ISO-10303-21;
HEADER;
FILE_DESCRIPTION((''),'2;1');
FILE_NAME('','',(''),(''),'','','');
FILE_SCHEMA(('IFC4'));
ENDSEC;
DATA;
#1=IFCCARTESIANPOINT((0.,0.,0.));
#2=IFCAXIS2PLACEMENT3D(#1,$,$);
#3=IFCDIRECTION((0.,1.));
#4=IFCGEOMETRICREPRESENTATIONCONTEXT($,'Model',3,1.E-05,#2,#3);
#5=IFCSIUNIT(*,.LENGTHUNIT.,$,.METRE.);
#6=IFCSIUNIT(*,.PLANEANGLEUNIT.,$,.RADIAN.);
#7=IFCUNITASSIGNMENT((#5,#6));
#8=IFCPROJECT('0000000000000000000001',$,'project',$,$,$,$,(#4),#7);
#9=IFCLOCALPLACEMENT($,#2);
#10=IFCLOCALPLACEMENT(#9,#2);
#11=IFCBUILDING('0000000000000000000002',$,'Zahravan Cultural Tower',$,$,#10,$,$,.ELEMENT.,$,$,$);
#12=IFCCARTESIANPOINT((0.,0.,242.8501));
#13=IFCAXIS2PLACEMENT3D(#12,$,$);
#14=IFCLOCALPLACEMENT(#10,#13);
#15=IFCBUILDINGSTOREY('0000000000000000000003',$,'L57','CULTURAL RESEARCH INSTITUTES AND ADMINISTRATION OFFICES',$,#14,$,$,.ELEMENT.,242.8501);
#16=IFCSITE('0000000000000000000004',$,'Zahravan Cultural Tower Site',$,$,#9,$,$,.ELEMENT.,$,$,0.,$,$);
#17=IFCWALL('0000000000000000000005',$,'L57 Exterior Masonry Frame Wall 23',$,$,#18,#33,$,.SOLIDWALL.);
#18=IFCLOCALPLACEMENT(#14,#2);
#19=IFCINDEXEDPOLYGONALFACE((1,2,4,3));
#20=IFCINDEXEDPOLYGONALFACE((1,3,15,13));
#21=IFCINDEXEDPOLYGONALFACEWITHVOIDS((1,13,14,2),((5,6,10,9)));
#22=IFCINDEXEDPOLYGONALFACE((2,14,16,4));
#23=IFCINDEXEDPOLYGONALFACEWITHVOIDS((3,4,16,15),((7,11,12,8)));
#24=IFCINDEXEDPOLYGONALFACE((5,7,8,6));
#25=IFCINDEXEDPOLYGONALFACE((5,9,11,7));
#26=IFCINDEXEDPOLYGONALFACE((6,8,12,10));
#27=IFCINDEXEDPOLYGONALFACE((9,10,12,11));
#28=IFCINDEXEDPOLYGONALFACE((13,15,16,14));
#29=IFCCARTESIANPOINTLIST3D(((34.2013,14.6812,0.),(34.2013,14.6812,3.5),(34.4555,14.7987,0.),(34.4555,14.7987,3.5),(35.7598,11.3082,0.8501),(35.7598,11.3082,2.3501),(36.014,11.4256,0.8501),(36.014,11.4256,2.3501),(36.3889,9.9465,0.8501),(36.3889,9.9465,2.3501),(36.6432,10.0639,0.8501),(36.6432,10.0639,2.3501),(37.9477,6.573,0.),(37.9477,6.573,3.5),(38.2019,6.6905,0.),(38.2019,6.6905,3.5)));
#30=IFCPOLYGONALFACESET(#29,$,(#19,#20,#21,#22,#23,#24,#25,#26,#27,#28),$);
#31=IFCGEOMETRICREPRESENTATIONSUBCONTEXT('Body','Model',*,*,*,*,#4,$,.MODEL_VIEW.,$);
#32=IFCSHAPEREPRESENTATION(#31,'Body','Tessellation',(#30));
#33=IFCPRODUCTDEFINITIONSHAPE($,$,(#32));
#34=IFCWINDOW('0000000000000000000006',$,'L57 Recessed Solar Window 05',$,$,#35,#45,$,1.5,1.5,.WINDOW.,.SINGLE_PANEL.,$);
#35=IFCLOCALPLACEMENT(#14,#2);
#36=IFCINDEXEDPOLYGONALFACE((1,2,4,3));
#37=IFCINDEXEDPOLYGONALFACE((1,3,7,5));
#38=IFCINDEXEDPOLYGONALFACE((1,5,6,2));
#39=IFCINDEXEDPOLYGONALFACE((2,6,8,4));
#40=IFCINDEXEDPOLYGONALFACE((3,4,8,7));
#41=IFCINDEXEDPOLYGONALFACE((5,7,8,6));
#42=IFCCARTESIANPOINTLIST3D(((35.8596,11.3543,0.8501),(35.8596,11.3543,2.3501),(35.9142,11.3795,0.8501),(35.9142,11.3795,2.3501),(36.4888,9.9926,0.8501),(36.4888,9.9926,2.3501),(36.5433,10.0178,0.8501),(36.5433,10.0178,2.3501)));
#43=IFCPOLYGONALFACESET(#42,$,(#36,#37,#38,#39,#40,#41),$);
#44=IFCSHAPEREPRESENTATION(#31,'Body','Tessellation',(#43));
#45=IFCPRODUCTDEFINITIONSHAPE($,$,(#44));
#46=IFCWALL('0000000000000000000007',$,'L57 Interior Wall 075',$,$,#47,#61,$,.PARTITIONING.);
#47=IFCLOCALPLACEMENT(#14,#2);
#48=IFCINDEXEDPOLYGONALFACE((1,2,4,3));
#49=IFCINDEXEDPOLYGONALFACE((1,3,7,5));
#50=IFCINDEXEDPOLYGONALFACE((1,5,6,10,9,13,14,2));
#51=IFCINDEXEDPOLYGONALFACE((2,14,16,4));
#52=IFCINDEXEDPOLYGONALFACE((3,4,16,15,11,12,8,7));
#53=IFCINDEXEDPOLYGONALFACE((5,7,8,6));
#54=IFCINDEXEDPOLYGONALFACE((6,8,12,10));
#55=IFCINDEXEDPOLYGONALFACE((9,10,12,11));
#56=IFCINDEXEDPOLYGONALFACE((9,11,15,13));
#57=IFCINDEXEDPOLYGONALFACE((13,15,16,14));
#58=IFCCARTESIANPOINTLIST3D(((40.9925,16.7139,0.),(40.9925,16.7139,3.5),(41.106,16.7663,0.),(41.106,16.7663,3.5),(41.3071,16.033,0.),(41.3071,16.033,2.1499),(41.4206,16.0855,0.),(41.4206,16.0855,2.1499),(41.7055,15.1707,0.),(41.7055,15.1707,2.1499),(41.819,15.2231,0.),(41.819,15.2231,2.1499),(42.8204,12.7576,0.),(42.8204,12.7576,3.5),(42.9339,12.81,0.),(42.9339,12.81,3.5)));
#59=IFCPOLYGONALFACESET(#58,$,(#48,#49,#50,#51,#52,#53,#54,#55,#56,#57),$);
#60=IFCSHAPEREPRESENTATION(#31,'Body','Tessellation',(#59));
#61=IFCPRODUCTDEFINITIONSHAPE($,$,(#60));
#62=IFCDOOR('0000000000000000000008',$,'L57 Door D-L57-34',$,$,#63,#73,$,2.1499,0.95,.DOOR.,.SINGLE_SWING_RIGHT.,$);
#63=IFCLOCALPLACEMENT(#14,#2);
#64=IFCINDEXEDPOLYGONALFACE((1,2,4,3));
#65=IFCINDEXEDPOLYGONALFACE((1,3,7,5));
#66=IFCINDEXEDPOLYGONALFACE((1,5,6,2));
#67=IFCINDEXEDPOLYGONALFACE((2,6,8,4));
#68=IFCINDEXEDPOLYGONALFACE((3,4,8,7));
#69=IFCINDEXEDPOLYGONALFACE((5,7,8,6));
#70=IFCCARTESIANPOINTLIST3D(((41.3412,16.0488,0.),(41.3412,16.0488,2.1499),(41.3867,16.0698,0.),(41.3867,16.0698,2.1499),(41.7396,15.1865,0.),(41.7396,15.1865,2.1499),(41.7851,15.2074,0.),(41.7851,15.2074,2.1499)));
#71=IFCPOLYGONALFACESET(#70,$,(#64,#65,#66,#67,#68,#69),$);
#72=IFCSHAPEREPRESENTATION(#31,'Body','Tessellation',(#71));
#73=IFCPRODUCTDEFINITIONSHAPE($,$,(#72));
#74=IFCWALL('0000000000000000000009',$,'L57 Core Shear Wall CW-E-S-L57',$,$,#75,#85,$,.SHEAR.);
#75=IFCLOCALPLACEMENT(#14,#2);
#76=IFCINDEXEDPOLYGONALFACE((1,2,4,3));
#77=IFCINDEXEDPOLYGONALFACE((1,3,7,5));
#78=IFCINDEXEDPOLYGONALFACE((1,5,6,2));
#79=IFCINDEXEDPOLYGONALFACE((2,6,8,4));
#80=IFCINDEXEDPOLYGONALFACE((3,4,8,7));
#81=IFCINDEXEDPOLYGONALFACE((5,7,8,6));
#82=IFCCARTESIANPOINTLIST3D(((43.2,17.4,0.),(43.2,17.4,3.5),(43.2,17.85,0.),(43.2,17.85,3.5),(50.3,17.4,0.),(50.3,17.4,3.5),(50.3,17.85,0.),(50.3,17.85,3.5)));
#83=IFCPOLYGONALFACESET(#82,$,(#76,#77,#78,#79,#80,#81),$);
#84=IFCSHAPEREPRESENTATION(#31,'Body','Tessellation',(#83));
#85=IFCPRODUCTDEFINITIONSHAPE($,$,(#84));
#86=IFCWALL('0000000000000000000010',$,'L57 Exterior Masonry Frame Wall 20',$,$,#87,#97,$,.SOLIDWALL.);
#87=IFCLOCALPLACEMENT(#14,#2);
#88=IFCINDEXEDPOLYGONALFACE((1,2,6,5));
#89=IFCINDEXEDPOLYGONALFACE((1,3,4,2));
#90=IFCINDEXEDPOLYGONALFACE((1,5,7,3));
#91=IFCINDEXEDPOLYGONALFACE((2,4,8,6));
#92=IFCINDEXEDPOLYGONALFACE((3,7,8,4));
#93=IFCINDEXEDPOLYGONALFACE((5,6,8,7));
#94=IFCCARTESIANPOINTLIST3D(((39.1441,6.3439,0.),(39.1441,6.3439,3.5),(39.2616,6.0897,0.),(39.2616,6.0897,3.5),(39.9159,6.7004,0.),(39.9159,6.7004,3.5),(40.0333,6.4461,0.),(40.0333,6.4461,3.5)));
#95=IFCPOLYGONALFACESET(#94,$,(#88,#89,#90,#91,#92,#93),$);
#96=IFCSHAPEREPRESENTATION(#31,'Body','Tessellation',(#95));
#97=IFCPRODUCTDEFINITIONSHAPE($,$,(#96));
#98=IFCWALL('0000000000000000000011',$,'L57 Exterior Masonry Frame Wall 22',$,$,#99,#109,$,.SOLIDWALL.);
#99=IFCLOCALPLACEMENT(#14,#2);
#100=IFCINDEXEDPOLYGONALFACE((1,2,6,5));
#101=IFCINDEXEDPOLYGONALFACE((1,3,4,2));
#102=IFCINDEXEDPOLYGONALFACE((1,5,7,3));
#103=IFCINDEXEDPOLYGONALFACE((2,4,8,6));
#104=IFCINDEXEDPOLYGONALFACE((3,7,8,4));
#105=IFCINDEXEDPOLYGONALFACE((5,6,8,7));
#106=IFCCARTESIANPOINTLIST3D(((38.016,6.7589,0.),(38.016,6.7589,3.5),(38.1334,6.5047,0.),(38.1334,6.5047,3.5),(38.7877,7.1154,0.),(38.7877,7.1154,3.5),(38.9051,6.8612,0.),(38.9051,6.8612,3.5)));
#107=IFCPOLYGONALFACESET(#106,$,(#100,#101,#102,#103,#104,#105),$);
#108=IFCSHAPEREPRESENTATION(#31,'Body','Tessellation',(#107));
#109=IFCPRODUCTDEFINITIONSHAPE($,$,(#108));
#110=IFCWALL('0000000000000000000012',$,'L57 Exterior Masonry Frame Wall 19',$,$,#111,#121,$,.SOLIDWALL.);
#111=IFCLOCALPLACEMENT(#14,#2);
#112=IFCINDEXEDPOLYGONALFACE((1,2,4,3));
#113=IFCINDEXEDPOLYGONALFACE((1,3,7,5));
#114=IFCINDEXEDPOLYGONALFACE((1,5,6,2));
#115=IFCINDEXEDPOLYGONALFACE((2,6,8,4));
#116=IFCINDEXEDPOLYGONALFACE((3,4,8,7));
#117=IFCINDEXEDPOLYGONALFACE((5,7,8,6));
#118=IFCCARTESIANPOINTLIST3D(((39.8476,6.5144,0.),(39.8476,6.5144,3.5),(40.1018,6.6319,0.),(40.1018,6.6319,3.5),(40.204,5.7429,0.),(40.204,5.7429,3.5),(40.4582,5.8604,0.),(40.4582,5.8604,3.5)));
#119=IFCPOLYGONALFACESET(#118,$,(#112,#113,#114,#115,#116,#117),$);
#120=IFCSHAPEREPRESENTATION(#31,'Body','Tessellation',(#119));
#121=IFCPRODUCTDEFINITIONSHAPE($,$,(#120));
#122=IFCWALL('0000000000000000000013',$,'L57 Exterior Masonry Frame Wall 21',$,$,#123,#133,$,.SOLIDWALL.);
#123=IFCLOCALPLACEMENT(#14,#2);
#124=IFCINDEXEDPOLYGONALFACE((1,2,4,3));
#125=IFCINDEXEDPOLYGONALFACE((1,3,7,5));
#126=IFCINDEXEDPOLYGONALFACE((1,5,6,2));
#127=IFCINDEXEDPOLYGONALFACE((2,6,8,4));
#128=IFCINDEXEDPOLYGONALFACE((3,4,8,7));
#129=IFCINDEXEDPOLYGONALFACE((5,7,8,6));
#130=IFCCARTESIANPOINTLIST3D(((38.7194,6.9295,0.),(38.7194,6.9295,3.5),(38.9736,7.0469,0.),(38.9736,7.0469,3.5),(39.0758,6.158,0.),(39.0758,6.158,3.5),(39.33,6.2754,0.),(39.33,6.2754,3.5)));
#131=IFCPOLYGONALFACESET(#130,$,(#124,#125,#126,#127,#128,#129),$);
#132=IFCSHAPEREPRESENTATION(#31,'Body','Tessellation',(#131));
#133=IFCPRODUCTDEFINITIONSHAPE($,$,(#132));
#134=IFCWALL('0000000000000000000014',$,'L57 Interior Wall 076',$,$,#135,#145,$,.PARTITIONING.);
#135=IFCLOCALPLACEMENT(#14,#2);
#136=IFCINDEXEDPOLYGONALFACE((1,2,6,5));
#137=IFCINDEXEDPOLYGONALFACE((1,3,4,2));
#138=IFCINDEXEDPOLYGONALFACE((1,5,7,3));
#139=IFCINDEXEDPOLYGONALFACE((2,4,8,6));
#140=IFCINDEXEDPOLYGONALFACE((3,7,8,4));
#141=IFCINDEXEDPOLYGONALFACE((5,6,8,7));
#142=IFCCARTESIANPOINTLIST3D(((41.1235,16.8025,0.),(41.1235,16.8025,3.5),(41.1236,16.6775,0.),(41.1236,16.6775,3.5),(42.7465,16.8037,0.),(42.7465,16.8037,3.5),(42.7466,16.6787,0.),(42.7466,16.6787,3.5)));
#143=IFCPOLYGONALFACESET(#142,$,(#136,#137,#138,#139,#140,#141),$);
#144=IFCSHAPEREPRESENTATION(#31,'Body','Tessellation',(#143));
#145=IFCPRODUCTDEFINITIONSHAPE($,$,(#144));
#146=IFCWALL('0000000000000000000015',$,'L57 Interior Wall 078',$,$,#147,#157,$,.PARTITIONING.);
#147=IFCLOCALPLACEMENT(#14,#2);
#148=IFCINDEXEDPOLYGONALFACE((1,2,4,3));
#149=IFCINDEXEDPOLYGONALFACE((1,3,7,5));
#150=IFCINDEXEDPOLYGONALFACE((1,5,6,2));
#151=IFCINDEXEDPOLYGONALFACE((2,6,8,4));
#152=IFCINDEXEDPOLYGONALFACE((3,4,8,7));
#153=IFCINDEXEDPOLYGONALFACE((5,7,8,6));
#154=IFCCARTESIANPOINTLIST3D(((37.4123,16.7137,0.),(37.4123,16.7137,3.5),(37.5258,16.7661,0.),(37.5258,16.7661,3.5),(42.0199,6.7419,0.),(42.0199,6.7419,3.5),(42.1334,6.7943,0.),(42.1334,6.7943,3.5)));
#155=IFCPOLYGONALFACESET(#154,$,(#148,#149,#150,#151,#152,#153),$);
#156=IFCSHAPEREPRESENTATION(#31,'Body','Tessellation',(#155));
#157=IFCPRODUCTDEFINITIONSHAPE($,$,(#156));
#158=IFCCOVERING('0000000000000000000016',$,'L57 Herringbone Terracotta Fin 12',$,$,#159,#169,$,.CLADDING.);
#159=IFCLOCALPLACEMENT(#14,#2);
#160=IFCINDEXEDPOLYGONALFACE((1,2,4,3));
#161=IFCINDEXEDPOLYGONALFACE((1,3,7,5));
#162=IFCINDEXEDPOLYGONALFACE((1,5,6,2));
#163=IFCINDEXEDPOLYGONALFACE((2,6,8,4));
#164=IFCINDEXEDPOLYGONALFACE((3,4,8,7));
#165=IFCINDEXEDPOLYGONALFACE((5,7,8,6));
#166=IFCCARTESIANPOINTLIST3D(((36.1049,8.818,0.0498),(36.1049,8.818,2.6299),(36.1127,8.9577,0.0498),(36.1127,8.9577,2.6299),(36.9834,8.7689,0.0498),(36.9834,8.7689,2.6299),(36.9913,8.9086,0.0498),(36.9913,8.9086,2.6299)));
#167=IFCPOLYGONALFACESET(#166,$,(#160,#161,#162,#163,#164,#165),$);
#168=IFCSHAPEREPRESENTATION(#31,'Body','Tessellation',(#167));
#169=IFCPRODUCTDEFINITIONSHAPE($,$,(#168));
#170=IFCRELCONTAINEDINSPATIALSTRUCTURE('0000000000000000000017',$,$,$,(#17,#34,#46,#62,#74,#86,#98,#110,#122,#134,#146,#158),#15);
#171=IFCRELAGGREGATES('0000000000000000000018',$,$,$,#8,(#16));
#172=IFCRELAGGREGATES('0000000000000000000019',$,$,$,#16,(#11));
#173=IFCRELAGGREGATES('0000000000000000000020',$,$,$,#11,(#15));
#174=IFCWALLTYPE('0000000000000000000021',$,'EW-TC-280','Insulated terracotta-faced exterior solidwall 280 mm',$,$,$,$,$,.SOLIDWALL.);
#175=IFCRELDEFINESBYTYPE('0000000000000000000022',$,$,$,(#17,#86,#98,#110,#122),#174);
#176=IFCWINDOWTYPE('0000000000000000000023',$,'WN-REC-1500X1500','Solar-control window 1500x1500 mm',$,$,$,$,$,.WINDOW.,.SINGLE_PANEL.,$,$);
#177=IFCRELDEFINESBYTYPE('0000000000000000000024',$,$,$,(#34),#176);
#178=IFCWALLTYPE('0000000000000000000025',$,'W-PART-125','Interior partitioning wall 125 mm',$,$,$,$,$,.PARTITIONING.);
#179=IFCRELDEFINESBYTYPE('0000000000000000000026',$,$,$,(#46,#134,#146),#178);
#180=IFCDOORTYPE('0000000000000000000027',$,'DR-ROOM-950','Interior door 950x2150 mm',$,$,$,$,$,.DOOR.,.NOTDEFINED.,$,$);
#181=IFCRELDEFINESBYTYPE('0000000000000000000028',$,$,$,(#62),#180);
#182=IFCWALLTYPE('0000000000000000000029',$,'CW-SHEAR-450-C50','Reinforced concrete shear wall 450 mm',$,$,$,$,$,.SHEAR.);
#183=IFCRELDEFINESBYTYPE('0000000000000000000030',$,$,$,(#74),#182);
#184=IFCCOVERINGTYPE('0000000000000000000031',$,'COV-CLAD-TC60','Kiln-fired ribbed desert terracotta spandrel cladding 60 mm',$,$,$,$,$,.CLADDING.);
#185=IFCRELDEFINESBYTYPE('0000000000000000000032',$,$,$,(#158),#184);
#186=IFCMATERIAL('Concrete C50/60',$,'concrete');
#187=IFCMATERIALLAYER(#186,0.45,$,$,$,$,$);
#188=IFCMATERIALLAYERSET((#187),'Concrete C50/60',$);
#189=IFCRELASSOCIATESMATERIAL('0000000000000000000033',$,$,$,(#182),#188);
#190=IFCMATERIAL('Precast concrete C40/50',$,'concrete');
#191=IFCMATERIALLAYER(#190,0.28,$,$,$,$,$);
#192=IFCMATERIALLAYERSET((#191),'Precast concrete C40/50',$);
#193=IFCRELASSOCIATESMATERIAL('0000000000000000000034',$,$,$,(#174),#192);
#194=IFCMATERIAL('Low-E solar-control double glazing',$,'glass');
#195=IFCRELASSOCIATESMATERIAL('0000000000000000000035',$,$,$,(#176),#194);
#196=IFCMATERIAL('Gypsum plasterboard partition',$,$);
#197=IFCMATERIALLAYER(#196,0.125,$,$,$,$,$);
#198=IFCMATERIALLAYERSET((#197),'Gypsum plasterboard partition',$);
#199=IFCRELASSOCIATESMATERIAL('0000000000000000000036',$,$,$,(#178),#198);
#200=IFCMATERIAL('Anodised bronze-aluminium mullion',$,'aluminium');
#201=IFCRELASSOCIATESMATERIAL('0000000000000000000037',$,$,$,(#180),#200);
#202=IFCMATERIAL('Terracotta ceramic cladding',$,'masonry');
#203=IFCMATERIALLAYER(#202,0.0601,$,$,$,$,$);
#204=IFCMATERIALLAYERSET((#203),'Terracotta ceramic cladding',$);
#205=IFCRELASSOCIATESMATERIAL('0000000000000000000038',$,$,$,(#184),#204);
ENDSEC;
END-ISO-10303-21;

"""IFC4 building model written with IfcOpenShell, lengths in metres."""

from ifc_helpers import new_model, si_unit, direction, frame, frame_2d, origin, origin_2d, place, context, subcontext, project, spatial, rectangle, extrude, source, transform, mapped, material, layer, layer_set, type_object, element, fill, save


model = new_model("IFC4")

# Units and contexts
model_context = context("Model", 3, precision=1e-05, world=origin(), true_north=direction((0.0, 1.0)))
body_context = subcontext(model_context, "Body", "Model", "MODEL_VIEW")
ifc_project = project(units=[si_unit("LENGTHUNIT", "METRE"), si_unit("PLANEANGLEUNIT", "RADIAN")], contexts=[model_context])

# Site, building, storey
site_placement = place(None, origin())
site = spatial("IfcSite", under=ifc_project, at=site_placement, Name="Zahravan Cultural Tower Site", CompositionType="ELEMENT", RefElevation=0.0)
building_placement = place(site_placement, origin())
building = spatial("IfcBuilding", under=site, at=building_placement, Name="Zahravan Cultural Tower", CompositionType="ELEMENT")
storey_placement = place(building_placement, frame((0.0, 0.0, 242.8501)))
storey = spatial("IfcBuildingStorey", under=building, at=storey_placement, Name="L57", Description="CULTURAL RESEARCH INSTITUTES AND ADMINISTRATION OFFICES", CompositionType="ELEMENT", Elevation=242.8501)

# Shared definitions
ifc_material_1 = material(Name="Concrete C50/60", Category="concrete")

# Shared definitions
ifc_layer_1 = layer(ifc_material_1, 0.45)
ifc_layer_set_1 = layer_set([ifc_layer_1], Name="Concrete C50/60")
wall_type_1 = type_object("IfcWallType", Name="CW-SHEAR-450-C50", Description="Reinforced concrete shear wall 450 mm", PredefinedType="SHEAR", material=ifc_layer_set_1)

# Wall, opening, window
ifc_material_2 = material(Name="Precast concrete C40/50", Category="concrete")
ifc_layer_2 = layer(ifc_material_2, 0.28)
ifc_layer_set_2 = layer_set([ifc_layer_2], Name="Precast concrete C40/50")
wall_type_2 = type_object("IfcWallType", Name="EW-TC-280", Description="Insulated terracotta-faced exterior solidwall 280 mm", PredefinedType="SOLIDWALL", material=ifc_layer_set_2)
wall_1_placement = place(storey_placement, frame((38.0747, 6.6318, 0.0), z_axis=(0.0, 0.0, 1.0), x_axis=(-0.419438, 0.907784, 0.0)))
wall_1 = element("IfcWall", 1, at=wall_1_placement, inside=storey, type_object=wall_type_2, Name="L57 Exterior Masonry Frame Wall 23", PredefinedType="SOLIDWALL", context=body_context, shape_type="SweptSolid", body=[
    extrude(rectangle(XDim=8.9319, YDim=0.28, at=frame_2d((4.4658, 0.0))), origin(), (0.0, 0.0, 1.0), 3.5),
])
opening_1_placement = place(wall_1_placement, frame((3.7161, 0.0, 0.8501)))
opening_1 = element("IfcOpeningElement", 2, at=opening_1_placement, cuts=wall_1, PredefinedType="OPENING", context=body_context, shape_type="SweptSolid", body=[
    extrude(rectangle(XDim=1.5, YDim=1.5, at=frame_2d((0.75, 0.75))), frame((0.0, 0.1499, 0.0), z_axis=(0.0, -1.0, 0.0), x_axis=(1.0, 0.0, 0.0)), (0.0, 0.0, 1.0), 0.3),
])
ifc_material_3 = material(Name="Low-E solar-control double glazing", Category="glass")
window_type = type_object("IfcWindowType", Name="WN-REC-1500X1500", Description="Solar-control window 1500x1500 mm", PartitioningType="SINGLE_PANEL", PredefinedType="WINDOW", material=ifc_material_3)
shared_shape_1 = source(origin(), body_context, "Body", "SweptSolid", [
    extrude(rectangle(XDim=1.5, YDim=1.5, at=frame_2d((0.75, 0.75))), frame((0.0, 0.03, 0.0), z_axis=(0.0, -1.0, 0.0), x_axis=(1.0, 0.0, 0.0)), (0.0, 0.0, 1.0), 0.0601),
])
window_placement = place(opening_1_placement, origin())
window = element("IfcWindow", 3, at=window_placement, inside=storey, type_object=window_type, Name="L57 Recessed Solar Window 05", OverallHeight=1.5, OverallWidth=1.5, PartitioningType="SINGLE_PANEL", PredefinedType="WINDOW", context=body_context, shape_type="MappedRepresentation", body=[
    mapped(shared_shape_1, transform((0.0, 0.0, 0.0), x_axis=(1.0, 0.0, 0.0), y_axis=(0.0, 1.0, 0.0), z_axis=(0.0, 0.0, 1.0), scale=1.0)),
])
fill(opening_1, window)

# Wall, opening, door
ifc_material_4 = material(Name="Gypsum plasterboard partition")
ifc_layer_3 = layer(ifc_material_4, 0.125)
ifc_layer_set_3 = layer_set([ifc_layer_3], Name="Gypsum plasterboard partition")
wall_type_3 = type_object("IfcWallType", Name="W-PART-125", Description="Interior partitioning wall 125 mm", PredefinedType="PARTITIONING", material=ifc_layer_set_3)
wall_2_placement = place(storey_placement, frame((42.8772, 12.7837, 0.0), z_axis=(0.0, 0.0, 1.0), x_axis=(-0.419417, 0.907794, 0.0)))
wall_2 = element("IfcWall", 4, at=wall_2_placement, inside=storey, type_object=wall_type_3, Name="L57 Interior Wall 075", PredefinedType="PARTITIONING", context=body_context, shape_type="SweptSolid", body=[
    extrude(rectangle(XDim=4.3582, YDim=0.125, at=frame_2d((2.1792, 0.0))), origin(), (0.0, 0.0, 1.0), 3.5),
])
opening_2_placement = place(wall_2_placement, frame((2.6582, 0.0, 0.0)))
opening_2 = element("IfcOpeningElement", 5, at=opening_2_placement, cuts=wall_2, PredefinedType="OPENING", context=body_context, shape_type="SweptSolid", body=[
    extrude(rectangle(XDim=0.95, YDim=2.1499, at=frame_2d((0.4751, 1.075))), frame((0.0, 0.0725, 0.0), z_axis=(0.0, -1.0, 0.0), x_axis=(1.0, 0.0, 0.0)), (0.0, 0.0, 1.0), 0.145),
])
ifc_material_5 = material(Name="Anodised bronze-aluminium mullion", Category="aluminium")
door_type_1 = type_object("IfcDoorType", Name="DR-ROOM-950", Description="Interior door 950x2150 mm", OperationType="NOTDEFINED", PredefinedType="DOOR", material=ifc_material_5)
shared_shape_2 = source(origin(), body_context, "Body", "SweptSolid", [
    extrude(rectangle(XDim=0.95, YDim=2.1499, at=frame_2d((0.4751, 1.075))), frame((0.0, 0.0249, 0.0), z_axis=(0.0, -1.0, 0.0), x_axis=(1.0, 0.0, 0.0)), (0.0, 0.0, 1.0), 0.05),
])
door_1_placement = place(opening_2_placement, origin())
door_1 = element("IfcDoor", 6, at=door_1_placement, inside=storey, type_object=door_type_1, Name="L57 Door D-L57-34", OperationType="SINGLE_SWING_RIGHT", OverallHeight=2.1499, OverallWidth=0.95, PredefinedType="DOOR", context=body_context, shape_type="MappedRepresentation", body=[
    mapped(shared_shape_2, transform((0.0, 0.0, 0.0), x_axis=(1.0, 0.0, 0.0), y_axis=(0.0, 1.0, 0.0), z_axis=(0.0, 0.0, 1.0), scale=1.0)),
])
fill(opening_2, door_1)

# Walls
shared_shape_3 = source(origin(), body_context, "Body", "SweptSolid", [
    extrude(rectangle(XDim=7.1001, YDim=0.45, at=frame_2d((3.55, 0.0))), origin(), (0.0, 0.0, 1.0), 3.5),
])
wall_3_placement = place(storey_placement, frame((43.2, 17.625, 0.0), z_axis=(0.0, 0.0, 1.0), x_axis=(1.0, 0.0, 0.0)))
element("IfcWall", 7, at=wall_3_placement, inside=storey, type_object=wall_type_1, Name="L57 Core Shear Wall CW-E-S-L57", PredefinedType="SHEAR", context=body_context, shape_type="MappedRepresentation", body=[
    mapped(shared_shape_3, transform((0.0, 0.0, 0.0), x_axis=(1.0, 0.0, 0.0), y_axis=(0.0, 1.0, 0.0), z_axis=(0.0, 0.0, 1.0), scale=1.0)),
])
shared_shape_4 = source(origin(), body_context, "Body", "SweptSolid", [
    extrude(rectangle(XDim=0.8501, YDim=0.28, at=frame_2d((0.425, 0.0))), origin(), (0.0, 0.0, 1.0), 3.5),
])
for number, where, z_axis, x_axis, name in (
    (8, (39.9746, 6.5732, 0.0), (0.0, 0.0, 1.0), (-0.907842, -0.419313, 0.0), "L57 Exterior Masonry Frame Wall 20"),
    (9, (38.8464, 6.9883, 0.0), (0.0, 0.0, 1.0), (-0.907842, -0.419313, 0.0), "L57 Exterior Masonry Frame Wall 22"),
):
    element("IfcWall", number, at=place(storey_placement, frame(where, z_axis=z_axis, x_axis=x_axis)), inside=storey, type_object=wall_type_2, Name=name, PredefinedType="SOLIDWALL", context=body_context, shape_type="MappedRepresentation", body=[
        mapped(shared_shape_4, transform((0.0, 0.0, 0.0), x_axis=(1.0, 0.0, 0.0), y_axis=(0.0, 1.0, 0.0), z_axis=(0.0, 0.0, 1.0), scale=1.0)),
    ])
shared_shape_5 = source(origin(), body_context, "Body", "SweptSolid", [
    extrude(rectangle(XDim=0.8499, YDim=0.28, at=frame_2d((0.4248, 0.0))), origin(), (0.0, 0.0, 1.0), 3.5),
])
for number, where, z_axis, x_axis, name in (
    (10, (40.3311, 5.8018, 0.0), (0.0, 0.0, 1.0), (-0.419422, 0.907791, 0.0), "L57 Exterior Masonry Frame Wall 19"),
    (11, (39.2029, 6.2168, 0.0), (0.0, 0.0, 1.0), (-0.419422, 0.907791, 0.0), "L57 Exterior Masonry Frame Wall 21"),
):
    element("IfcWall", number, at=place(storey_placement, frame(where, z_axis=z_axis, x_axis=x_axis)), inside=storey, type_object=wall_type_2, Name=name, PredefinedType="SOLIDWALL", context=body_context, shape_type="MappedRepresentation", body=[
        mapped(shared_shape_5, transform((0.0, 0.0, 0.0), x_axis=(1.0, 0.0, 0.0), y_axis=(0.0, 1.0, 0.0), z_axis=(0.0, 0.0, 1.0), scale=1.0)),
    ])
shared_shape_6 = source(origin(), body_context, "Body", "SweptSolid", [
    extrude(rectangle(XDim=1.623, YDim=0.125, at=frame_2d((0.8115, 0.0))), origin(), (0.0, 0.0, 1.0), 3.5),
])
wall_4_placement = place(storey_placement, frame((41.1235, 16.74, 0.0), z_axis=(0.0, 0.0, 1.0), x_axis=(1.0, 0.000752, 0.0)))
element("IfcWall", 12, at=wall_4_placement, inside=storey, type_object=wall_type_3, Name="L57 Interior Wall 076", PredefinedType="PARTITIONING", context=body_context, shape_type="MappedRepresentation", body=[
    mapped(shared_shape_6, transform((0.0, 0.0, 0.0), x_axis=(1.0, 0.0, 0.0), y_axis=(0.0, 1.0, 0.0), z_axis=(0.0, 0.0, 1.0), scale=1.0)),
])
shared_shape_7 = source(origin(), body_context, "Body", "SweptSolid", [
    extrude(rectangle(XDim=10.9849, YDim=0.125, at=frame_2d((5.4924, 0.0))), origin(), (0.0, 0.0, 1.0), 3.5),
])
wall_5_placement = place(storey_placement, frame((42.0767, 6.7681, 0.0), z_axis=(0.0, 0.0, 1.0), x_axis=(-0.419451, 0.907778, 0.0)))
element("IfcWall", 13, at=wall_5_placement, inside=storey, type_object=wall_type_3, Name="L57 Interior Wall 078", PredefinedType="PARTITIONING", context=body_context, shape_type="MappedRepresentation", body=[
    mapped(shared_shape_7, transform((0.0, 0.0, 0.0), x_axis=(1.0, 0.0, 0.0), y_axis=(0.0, 1.0, 0.0), z_axis=(0.0, 0.0, 1.0), scale=1.0)),
])

# Covering
ifc_material_6 = material(Name="Terracotta ceramic cladding", Category="masonry")
ifc_layer_4 = layer(ifc_material_6, 0.0601)
ifc_layer_set_4 = layer_set([ifc_layer_4], Name="Terracotta ceramic cladding")
covering_type = type_object("IfcCoveringType", Name="COV-CLAD-TC60", Description="Kiln-fired ribbed desert terracotta spandrel cladding 60 mm", PredefinedType="CLADDING", material=ifc_layer_set_4)
shared_shape_8 = source(origin(), body_context, "Body", "SweptSolid", [
    extrude(rectangle(XDim=0.8799, YDim=0.1399, at=origin_2d()), origin(), (0.0, 0.0, 1.0), 2.5801),
])
covering_1_placement = place(storey_placement, frame((36.5481, 8.8633, 0.0498), z_axis=(0.0, 0.0, 1.0), x_axis=(-0.998441, 0.055822, 0.0)))
element("IfcCovering", 14, at=covering_1_placement, inside=storey, type_object=covering_type, Name="L57 Herringbone Terracotta Fin 12", PredefinedType="CLADDING", context=body_context, shape_type="MappedRepresentation", body=[
    mapped(shared_shape_8, transform((0.0, 0.0, 0.0), x_axis=(1.0, 0.0, 0.0), y_axis=(0.0, 1.0, 0.0), z_axis=(0.0, 0.0, 1.0), scale=1.0)),
])

save(model, "model.ifc")
